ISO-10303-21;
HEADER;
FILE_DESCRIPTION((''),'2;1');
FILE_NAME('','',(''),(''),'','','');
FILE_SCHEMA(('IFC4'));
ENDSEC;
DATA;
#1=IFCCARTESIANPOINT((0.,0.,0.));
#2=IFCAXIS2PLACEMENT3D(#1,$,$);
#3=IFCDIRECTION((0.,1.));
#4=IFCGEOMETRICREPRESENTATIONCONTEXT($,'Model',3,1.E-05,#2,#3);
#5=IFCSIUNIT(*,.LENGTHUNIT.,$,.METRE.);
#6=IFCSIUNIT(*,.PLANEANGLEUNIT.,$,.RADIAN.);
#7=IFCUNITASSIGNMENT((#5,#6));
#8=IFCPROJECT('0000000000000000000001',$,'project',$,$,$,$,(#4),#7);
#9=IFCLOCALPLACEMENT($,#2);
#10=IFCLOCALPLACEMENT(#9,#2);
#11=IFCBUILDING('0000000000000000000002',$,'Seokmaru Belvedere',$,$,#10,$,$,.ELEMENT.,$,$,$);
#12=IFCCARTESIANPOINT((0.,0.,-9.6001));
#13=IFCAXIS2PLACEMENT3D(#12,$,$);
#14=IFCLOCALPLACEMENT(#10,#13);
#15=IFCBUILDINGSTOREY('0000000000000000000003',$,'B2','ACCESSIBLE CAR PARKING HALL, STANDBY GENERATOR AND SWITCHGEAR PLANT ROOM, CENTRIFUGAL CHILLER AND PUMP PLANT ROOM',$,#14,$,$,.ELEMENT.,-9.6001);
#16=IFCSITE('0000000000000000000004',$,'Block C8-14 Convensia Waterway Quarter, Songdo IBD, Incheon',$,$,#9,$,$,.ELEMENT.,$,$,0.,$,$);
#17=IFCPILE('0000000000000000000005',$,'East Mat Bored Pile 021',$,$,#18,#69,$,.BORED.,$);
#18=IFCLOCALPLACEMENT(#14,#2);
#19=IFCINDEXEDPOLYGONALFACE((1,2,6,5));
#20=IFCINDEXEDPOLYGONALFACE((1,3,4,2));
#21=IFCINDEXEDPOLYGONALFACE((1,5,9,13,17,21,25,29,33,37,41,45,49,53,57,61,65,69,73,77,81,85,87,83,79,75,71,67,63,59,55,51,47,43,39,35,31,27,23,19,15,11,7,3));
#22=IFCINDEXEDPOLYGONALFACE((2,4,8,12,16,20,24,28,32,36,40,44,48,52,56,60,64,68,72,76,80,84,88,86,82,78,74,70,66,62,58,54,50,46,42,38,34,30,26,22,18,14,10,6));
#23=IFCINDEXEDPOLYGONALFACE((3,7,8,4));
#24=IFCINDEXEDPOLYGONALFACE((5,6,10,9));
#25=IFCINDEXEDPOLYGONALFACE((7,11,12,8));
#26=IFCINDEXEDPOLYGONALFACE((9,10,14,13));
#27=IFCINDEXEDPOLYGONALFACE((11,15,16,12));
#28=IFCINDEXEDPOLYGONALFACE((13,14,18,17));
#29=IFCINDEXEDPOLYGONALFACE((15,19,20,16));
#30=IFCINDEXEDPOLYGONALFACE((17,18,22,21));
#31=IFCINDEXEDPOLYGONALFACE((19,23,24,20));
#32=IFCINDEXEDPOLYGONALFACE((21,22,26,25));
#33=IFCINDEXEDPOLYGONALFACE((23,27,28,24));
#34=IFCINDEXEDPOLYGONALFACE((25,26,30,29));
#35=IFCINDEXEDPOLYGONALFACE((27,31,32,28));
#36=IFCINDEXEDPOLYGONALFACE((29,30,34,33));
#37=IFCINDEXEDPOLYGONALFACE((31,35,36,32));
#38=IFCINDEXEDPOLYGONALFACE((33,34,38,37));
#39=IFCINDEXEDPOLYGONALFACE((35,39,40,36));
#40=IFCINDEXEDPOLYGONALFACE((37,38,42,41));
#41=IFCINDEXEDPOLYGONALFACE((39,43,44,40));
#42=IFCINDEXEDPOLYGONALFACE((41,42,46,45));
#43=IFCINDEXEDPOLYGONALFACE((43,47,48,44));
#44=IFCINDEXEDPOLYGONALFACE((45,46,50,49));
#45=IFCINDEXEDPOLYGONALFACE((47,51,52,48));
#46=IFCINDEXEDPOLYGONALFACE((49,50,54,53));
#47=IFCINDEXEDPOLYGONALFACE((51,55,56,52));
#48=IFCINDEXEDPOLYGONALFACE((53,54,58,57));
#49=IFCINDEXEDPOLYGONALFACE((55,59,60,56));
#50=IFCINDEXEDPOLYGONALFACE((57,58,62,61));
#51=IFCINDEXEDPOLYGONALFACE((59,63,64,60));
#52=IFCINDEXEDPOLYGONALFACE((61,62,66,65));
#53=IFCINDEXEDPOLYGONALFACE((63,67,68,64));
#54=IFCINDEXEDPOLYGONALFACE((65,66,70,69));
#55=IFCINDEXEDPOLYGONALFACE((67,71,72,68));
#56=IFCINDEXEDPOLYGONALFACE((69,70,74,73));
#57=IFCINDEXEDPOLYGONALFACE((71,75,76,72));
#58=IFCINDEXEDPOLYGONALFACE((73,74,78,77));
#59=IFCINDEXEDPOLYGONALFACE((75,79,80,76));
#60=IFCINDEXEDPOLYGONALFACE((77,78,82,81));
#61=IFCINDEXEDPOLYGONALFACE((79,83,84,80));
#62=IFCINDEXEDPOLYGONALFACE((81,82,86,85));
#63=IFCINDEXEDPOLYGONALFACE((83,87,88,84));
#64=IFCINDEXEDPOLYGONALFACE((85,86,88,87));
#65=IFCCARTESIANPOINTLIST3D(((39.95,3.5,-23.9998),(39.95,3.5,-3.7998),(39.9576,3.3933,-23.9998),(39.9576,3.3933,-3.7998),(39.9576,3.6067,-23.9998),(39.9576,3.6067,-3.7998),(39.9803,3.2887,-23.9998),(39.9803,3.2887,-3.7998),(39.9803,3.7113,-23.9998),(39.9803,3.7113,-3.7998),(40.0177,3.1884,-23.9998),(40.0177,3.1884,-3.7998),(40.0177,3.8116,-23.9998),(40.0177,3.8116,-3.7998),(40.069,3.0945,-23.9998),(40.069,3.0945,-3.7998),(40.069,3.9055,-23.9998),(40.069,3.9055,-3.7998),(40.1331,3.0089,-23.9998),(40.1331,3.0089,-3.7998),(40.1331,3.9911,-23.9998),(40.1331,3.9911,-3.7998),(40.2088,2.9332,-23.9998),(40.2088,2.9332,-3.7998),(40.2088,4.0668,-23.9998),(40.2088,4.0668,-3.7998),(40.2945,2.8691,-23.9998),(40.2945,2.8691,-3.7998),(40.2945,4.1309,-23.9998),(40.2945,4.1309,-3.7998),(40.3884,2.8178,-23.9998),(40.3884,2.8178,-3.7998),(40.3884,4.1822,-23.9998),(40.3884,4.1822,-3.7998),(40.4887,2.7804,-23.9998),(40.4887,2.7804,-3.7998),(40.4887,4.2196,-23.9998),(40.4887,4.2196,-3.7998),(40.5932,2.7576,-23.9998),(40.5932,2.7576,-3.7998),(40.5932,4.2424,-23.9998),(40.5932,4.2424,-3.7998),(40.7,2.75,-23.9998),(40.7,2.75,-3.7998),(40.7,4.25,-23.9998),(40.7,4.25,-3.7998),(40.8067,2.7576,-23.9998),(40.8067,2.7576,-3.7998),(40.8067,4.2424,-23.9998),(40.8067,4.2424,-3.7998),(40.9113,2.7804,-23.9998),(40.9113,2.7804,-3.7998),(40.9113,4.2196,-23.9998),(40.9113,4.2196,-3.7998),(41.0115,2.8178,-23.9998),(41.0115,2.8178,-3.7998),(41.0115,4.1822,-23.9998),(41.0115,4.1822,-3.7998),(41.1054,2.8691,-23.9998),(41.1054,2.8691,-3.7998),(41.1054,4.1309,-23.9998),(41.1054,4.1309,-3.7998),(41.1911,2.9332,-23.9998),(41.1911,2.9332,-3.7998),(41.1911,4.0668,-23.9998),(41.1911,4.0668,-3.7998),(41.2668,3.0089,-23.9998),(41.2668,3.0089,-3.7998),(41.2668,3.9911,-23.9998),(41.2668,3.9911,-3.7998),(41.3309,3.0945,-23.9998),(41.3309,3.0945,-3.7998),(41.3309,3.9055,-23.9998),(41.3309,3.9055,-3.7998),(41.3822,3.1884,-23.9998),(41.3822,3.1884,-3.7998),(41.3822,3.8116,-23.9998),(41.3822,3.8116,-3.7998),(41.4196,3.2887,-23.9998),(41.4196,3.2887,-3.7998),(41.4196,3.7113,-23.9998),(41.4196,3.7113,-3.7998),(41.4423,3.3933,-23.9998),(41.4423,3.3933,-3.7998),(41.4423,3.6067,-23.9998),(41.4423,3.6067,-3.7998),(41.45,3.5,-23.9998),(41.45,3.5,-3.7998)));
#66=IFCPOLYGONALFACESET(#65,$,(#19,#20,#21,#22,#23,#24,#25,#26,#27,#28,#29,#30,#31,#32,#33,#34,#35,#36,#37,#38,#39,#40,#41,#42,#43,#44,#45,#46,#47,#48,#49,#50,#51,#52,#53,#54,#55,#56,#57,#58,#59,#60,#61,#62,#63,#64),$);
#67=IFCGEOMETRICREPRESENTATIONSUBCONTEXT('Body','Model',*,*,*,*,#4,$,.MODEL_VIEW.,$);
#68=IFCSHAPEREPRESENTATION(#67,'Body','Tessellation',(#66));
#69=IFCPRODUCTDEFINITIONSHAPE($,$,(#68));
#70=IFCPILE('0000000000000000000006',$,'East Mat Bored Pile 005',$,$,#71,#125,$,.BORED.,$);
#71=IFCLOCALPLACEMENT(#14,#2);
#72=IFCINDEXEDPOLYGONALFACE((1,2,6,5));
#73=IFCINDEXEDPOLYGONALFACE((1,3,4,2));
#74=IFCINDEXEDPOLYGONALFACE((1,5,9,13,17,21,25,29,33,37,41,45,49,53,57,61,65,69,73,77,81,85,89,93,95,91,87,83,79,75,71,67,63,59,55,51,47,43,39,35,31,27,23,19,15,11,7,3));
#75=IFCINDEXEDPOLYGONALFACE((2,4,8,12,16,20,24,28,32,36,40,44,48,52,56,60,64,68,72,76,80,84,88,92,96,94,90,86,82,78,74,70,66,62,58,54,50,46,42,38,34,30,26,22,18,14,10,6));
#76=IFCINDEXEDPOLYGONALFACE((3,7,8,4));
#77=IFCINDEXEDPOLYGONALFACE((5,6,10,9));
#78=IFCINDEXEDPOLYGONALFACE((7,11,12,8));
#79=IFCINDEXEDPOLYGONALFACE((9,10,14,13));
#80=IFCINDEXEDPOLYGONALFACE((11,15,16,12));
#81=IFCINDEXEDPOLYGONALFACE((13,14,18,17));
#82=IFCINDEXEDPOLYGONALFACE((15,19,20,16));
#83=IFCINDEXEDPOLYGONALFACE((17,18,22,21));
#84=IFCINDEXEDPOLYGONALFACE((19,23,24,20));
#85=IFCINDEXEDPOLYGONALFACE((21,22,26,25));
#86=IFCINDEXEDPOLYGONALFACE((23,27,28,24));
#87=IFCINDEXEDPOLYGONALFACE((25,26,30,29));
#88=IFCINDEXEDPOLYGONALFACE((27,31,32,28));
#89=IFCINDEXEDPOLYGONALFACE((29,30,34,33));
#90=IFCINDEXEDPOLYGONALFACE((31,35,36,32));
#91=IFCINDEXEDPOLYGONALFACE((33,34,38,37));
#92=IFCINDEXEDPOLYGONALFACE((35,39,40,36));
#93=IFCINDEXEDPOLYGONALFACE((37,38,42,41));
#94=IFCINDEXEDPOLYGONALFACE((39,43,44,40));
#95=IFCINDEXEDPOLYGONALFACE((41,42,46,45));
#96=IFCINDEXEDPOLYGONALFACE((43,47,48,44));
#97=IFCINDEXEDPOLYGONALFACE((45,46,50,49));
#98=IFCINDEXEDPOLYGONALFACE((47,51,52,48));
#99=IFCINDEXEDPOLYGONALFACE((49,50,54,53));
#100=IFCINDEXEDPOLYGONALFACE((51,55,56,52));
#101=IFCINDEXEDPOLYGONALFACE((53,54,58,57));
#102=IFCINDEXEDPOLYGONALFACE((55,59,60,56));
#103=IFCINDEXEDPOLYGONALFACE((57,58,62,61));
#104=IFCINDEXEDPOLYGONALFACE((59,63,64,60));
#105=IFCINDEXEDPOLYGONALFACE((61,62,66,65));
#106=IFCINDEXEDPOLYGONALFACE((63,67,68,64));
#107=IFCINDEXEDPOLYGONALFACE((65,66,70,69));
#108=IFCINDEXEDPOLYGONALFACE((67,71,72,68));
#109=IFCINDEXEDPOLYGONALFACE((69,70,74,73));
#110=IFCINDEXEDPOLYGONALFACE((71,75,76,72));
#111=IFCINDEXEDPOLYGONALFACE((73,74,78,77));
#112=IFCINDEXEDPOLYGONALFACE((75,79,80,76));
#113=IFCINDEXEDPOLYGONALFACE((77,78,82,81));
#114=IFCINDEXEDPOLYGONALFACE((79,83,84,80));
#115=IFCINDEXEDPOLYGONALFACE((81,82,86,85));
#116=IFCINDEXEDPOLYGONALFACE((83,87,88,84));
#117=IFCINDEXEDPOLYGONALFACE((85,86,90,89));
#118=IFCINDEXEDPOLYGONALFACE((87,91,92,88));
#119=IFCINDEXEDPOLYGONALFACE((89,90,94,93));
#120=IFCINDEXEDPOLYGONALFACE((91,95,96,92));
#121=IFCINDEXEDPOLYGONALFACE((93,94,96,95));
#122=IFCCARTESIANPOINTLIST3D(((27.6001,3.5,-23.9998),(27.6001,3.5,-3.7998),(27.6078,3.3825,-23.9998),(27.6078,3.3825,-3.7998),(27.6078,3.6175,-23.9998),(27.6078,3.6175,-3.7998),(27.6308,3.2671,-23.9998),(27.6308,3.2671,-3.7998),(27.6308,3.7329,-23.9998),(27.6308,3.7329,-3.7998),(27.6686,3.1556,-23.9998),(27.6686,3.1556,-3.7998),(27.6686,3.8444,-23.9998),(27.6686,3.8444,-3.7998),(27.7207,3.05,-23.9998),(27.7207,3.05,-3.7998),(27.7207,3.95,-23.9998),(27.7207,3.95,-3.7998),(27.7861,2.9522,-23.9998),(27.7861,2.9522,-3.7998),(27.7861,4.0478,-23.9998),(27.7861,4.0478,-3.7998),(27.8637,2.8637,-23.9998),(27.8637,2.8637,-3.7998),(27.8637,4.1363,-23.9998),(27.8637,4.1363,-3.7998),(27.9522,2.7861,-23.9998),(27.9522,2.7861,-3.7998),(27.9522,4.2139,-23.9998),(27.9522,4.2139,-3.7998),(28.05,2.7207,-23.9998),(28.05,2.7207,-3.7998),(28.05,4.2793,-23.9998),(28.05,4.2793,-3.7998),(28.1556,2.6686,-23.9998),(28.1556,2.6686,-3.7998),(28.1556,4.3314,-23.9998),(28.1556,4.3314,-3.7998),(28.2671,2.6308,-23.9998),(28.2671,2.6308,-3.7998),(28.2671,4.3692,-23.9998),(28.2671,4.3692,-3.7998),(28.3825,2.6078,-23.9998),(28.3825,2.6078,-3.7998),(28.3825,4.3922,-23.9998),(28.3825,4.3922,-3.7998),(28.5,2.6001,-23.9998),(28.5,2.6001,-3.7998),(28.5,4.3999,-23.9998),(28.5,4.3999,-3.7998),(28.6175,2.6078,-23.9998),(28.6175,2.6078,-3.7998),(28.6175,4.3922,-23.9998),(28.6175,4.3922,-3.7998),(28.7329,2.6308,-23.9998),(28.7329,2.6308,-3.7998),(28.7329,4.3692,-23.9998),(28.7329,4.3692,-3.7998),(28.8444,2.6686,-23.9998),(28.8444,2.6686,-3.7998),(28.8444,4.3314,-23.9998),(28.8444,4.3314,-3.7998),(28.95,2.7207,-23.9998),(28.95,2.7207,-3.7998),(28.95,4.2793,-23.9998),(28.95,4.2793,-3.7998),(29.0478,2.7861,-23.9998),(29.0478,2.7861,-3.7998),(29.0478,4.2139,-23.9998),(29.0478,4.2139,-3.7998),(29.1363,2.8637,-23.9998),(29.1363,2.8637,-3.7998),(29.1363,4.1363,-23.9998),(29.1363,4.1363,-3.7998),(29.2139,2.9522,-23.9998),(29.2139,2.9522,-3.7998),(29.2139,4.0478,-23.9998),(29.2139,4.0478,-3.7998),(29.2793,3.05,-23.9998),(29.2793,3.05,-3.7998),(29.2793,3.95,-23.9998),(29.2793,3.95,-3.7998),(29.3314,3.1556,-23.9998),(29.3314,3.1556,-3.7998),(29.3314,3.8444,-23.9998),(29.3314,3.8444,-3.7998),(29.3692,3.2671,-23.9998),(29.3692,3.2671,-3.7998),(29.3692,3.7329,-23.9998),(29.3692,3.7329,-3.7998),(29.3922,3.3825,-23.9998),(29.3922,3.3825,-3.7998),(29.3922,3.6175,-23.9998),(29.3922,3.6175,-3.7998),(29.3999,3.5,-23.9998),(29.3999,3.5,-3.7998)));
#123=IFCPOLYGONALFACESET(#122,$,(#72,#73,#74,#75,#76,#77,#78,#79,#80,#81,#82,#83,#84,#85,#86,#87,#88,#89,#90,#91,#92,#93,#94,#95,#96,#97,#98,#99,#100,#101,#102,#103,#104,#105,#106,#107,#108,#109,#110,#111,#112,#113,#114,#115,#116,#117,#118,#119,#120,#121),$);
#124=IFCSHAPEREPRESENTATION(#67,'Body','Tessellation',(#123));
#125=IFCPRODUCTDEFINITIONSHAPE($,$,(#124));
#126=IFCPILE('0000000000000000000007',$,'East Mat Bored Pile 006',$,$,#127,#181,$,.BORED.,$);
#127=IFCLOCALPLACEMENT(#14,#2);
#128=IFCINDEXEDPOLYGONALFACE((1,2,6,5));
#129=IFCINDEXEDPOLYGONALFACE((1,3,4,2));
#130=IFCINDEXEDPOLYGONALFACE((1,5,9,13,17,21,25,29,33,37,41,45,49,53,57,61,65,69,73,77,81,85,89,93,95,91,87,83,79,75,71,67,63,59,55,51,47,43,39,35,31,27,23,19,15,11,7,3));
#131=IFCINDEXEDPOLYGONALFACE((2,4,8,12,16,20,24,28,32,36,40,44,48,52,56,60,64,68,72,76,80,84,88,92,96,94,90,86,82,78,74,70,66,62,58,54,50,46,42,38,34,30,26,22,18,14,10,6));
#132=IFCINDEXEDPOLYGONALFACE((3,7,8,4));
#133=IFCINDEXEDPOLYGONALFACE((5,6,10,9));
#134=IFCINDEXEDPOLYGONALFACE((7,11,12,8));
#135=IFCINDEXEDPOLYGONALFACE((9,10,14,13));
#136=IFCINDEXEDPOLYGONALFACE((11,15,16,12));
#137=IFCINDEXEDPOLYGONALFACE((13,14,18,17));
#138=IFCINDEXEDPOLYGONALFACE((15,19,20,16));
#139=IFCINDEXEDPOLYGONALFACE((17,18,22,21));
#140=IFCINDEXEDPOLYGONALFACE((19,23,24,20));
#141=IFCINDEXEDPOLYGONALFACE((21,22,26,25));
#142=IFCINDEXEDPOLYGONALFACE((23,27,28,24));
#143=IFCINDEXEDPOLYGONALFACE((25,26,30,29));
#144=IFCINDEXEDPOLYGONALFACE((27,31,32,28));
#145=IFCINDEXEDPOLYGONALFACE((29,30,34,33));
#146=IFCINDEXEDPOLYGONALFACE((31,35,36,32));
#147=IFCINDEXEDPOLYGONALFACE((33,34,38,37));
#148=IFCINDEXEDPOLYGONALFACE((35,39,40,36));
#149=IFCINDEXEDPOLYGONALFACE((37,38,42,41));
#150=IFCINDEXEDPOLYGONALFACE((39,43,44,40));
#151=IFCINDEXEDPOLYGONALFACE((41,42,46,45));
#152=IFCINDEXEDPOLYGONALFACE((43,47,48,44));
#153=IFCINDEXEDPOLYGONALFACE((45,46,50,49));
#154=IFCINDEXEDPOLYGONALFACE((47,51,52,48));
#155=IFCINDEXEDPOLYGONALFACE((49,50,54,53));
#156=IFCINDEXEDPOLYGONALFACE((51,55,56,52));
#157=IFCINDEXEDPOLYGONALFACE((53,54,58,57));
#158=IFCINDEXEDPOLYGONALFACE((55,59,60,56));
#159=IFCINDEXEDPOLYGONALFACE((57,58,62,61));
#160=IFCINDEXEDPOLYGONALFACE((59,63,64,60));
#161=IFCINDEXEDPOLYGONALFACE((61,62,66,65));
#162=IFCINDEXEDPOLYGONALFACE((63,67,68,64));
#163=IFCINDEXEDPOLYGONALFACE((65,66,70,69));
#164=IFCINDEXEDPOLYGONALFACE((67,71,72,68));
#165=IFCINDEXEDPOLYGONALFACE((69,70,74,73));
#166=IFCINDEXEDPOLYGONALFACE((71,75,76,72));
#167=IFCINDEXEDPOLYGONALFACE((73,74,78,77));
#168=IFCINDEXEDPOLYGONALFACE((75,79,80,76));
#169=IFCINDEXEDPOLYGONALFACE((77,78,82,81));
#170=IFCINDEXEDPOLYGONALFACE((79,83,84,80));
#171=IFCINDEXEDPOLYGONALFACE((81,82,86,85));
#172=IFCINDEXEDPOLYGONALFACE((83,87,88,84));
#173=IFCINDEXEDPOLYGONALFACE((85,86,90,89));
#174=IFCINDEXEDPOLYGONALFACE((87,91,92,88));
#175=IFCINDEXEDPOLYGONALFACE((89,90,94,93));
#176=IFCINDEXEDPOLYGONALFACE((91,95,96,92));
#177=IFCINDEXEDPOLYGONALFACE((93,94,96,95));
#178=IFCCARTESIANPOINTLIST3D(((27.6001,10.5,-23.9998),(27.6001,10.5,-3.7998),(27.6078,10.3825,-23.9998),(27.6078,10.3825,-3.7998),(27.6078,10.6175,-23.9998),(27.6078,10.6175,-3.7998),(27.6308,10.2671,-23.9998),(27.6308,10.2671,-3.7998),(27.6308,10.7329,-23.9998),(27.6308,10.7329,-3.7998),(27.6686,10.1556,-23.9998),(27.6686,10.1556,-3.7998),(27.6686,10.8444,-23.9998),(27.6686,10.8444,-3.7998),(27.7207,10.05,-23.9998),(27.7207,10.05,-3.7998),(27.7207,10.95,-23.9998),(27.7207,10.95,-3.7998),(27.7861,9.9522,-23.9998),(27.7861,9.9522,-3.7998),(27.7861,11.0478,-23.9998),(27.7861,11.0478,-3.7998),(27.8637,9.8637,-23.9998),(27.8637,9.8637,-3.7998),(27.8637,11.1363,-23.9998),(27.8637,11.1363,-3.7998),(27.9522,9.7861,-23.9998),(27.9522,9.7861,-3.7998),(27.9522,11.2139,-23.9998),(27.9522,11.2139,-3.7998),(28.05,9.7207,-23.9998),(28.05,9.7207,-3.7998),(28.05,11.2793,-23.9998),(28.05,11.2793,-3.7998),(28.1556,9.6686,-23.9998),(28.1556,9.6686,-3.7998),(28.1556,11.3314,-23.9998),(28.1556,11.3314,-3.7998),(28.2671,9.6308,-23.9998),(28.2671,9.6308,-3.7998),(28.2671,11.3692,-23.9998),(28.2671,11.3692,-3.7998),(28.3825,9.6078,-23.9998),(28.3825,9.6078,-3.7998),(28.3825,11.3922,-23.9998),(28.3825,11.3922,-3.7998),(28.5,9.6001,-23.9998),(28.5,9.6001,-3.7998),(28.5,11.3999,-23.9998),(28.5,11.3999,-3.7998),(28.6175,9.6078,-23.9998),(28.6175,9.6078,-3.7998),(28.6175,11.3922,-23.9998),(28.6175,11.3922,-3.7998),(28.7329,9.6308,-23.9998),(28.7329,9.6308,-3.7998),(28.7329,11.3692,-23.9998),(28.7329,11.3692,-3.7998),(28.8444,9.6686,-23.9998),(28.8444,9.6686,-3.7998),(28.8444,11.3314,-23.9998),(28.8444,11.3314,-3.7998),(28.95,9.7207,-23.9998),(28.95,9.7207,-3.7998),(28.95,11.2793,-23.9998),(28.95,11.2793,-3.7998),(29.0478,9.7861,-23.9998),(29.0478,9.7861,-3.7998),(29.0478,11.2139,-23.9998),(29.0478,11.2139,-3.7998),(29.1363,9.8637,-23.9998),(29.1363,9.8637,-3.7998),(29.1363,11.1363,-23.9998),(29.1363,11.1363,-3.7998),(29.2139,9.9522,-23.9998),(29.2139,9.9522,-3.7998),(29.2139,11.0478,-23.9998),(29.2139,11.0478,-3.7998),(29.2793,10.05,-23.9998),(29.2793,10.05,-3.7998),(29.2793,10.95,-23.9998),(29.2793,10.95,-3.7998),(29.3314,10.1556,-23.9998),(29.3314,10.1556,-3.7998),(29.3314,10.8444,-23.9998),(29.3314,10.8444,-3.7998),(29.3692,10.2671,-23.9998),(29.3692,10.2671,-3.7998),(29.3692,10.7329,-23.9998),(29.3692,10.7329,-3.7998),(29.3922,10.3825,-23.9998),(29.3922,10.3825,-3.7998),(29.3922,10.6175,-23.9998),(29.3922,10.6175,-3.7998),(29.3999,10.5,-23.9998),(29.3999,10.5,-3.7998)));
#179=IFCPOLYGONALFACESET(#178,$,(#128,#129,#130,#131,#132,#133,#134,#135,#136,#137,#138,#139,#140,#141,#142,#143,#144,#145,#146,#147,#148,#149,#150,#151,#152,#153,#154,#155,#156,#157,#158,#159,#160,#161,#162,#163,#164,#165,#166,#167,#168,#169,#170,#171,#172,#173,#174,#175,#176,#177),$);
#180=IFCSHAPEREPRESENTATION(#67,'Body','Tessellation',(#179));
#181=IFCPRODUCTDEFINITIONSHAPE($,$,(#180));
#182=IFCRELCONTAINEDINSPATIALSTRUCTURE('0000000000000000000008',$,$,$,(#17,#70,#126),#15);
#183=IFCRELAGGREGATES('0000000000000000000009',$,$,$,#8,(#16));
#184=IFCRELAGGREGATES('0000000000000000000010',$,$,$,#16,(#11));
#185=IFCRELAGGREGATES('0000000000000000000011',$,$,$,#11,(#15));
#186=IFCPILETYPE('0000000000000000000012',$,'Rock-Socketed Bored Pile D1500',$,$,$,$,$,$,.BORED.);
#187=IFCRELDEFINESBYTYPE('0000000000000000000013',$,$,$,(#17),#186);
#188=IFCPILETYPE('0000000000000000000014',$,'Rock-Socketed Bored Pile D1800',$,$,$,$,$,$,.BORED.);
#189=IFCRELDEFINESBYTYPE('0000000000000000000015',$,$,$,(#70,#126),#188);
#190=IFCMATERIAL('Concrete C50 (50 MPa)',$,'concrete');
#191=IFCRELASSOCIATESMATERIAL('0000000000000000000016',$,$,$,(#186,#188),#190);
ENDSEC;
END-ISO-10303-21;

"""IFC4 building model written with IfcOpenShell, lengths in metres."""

from ifc_helpers import new_model, si_unit, direction, frame, origin, origin_2d, place, context, subcontext, project, spatial, circle, extrude, source, transform, mapped, material, material_profile, profile_set, type_object, type_shapes, element, save


model = new_model("IFC4")

# Units and contexts
model_context = context("Model", 3, precision=1e-05, world=origin(), true_north=direction((0.0, 1.0)))
body_context = subcontext(model_context, "Body", "Model", "MODEL_VIEW")
ifc_project = project(units=[si_unit("LENGTHUNIT", "METRE"), si_unit("PLANEANGLEUNIT", "RADIAN")], contexts=[model_context])

# Site, building, storey
site_placement = place(None, origin())
site = spatial("IfcSite", under=ifc_project, at=site_placement, Name="Block C8-14 Convensia Waterway Quarter, Songdo IBD, Incheon", CompositionType="ELEMENT", RefElevation=0.0)
building_placement = place(site_placement, origin())
building = spatial("IfcBuilding", under=site, at=building_placement, Name="Seokmaru Belvedere", CompositionType="ELEMENT")
storey_placement = place(building_placement, frame((0.0, 0.0, -9.6001)))
storey = spatial("IfcBuildingStorey", under=building, at=storey_placement, Name="B2", Description="ACCESSIBLE CAR PARKING HALL, STANDBY GENERATOR AND SWITCHGEAR PLANT ROOM, CENTRIFUGAL CHILLER AND PUMP PLANT ROOM", CompositionType="ELEMENT", Elevation=-9.6001)

# Piles
ifc_material_1 = material(Name="Concrete C50 (50 MPa)", Category="concrete")
ifc_material_profile_1 = material_profile(ifc_material_1, circle(Radius=0.75, at=origin_2d()), Name="PILE-D1500")
ifc_profile_set_1 = profile_set([ifc_material_profile_1], Name="Concrete C50 (50 MPa)")
pile_type_1 = type_object("IfcPileType", Name="Rock-Socketed Bored Pile D1500", PredefinedType="BORED", material=ifc_profile_set_1)
shared_shape_1 = source(origin(), body_context, "Body", "SweptSolid", [
    extrude(circle(Radius=0.75, at=origin_2d()), origin(), (0.0, 0.0, 1.0), 20.2),
])
type_shapes(pile_type_1, [shared_shape_1])
pile_placement = place(storey_placement, frame((40.7, 3.5, -3.7998), z_axis=(0.0, 0.0, -1.0), x_axis=(1.0, 0.0, 0.0)))
element("IfcPile", 1, at=pile_placement, inside=storey, type_object=pile_type_1, Name="East Mat Bored Pile 021", PredefinedType="BORED", context=body_context, shape_type="MappedRepresentation", body=[
    mapped(shared_shape_1, transform((0.0, 0.0, 0.0), scale=1.0)),
])
ifc_material_profile_2 = material_profile(ifc_material_1, circle(Radius=0.8999, at=origin_2d()), Name="PILE-D1800")
ifc_profile_set_2 = profile_set([ifc_material_profile_2], Name="Concrete C50 (50 MPa)")
pile_type_2 = type_object("IfcPileType", Name="Rock-Socketed Bored Pile D1800", PredefinedType="BORED", material=ifc_profile_set_2)
shared_shape_2 = source(origin(), body_context, "Body", "SweptSolid", [
    extrude(circle(Radius=0.8999, at=origin_2d()), origin(), (0.0, 0.0, 1.0), 20.2),
])
type_shapes(pile_type_2, [shared_shape_2])
for number, where, z_axis, x_axis, name in (
    (2, (28.5, 3.5, -3.7998), (0.0, 0.0, -1.0), (1.0, 0.0, 0.0), "East Mat Bored Pile 005"),
    (3, (28.5, 10.5, -3.7998), (0.0, 0.0, -1.0), (1.0, 0.0, 0.0), "East Mat Bored Pile 006"),
):
    element("IfcPile", number, at=place(storey_placement, frame(where, z_axis=z_axis, x_axis=x_axis)), inside=storey, type_object=pile_type_2, Name=name, PredefinedType="BORED", context=body_context, shape_type="MappedRepresentation", body=[
        mapped(shared_shape_2, transform((0.0, 0.0, 0.0), scale=1.0)),
    ])

save(model, "model.ifc")
